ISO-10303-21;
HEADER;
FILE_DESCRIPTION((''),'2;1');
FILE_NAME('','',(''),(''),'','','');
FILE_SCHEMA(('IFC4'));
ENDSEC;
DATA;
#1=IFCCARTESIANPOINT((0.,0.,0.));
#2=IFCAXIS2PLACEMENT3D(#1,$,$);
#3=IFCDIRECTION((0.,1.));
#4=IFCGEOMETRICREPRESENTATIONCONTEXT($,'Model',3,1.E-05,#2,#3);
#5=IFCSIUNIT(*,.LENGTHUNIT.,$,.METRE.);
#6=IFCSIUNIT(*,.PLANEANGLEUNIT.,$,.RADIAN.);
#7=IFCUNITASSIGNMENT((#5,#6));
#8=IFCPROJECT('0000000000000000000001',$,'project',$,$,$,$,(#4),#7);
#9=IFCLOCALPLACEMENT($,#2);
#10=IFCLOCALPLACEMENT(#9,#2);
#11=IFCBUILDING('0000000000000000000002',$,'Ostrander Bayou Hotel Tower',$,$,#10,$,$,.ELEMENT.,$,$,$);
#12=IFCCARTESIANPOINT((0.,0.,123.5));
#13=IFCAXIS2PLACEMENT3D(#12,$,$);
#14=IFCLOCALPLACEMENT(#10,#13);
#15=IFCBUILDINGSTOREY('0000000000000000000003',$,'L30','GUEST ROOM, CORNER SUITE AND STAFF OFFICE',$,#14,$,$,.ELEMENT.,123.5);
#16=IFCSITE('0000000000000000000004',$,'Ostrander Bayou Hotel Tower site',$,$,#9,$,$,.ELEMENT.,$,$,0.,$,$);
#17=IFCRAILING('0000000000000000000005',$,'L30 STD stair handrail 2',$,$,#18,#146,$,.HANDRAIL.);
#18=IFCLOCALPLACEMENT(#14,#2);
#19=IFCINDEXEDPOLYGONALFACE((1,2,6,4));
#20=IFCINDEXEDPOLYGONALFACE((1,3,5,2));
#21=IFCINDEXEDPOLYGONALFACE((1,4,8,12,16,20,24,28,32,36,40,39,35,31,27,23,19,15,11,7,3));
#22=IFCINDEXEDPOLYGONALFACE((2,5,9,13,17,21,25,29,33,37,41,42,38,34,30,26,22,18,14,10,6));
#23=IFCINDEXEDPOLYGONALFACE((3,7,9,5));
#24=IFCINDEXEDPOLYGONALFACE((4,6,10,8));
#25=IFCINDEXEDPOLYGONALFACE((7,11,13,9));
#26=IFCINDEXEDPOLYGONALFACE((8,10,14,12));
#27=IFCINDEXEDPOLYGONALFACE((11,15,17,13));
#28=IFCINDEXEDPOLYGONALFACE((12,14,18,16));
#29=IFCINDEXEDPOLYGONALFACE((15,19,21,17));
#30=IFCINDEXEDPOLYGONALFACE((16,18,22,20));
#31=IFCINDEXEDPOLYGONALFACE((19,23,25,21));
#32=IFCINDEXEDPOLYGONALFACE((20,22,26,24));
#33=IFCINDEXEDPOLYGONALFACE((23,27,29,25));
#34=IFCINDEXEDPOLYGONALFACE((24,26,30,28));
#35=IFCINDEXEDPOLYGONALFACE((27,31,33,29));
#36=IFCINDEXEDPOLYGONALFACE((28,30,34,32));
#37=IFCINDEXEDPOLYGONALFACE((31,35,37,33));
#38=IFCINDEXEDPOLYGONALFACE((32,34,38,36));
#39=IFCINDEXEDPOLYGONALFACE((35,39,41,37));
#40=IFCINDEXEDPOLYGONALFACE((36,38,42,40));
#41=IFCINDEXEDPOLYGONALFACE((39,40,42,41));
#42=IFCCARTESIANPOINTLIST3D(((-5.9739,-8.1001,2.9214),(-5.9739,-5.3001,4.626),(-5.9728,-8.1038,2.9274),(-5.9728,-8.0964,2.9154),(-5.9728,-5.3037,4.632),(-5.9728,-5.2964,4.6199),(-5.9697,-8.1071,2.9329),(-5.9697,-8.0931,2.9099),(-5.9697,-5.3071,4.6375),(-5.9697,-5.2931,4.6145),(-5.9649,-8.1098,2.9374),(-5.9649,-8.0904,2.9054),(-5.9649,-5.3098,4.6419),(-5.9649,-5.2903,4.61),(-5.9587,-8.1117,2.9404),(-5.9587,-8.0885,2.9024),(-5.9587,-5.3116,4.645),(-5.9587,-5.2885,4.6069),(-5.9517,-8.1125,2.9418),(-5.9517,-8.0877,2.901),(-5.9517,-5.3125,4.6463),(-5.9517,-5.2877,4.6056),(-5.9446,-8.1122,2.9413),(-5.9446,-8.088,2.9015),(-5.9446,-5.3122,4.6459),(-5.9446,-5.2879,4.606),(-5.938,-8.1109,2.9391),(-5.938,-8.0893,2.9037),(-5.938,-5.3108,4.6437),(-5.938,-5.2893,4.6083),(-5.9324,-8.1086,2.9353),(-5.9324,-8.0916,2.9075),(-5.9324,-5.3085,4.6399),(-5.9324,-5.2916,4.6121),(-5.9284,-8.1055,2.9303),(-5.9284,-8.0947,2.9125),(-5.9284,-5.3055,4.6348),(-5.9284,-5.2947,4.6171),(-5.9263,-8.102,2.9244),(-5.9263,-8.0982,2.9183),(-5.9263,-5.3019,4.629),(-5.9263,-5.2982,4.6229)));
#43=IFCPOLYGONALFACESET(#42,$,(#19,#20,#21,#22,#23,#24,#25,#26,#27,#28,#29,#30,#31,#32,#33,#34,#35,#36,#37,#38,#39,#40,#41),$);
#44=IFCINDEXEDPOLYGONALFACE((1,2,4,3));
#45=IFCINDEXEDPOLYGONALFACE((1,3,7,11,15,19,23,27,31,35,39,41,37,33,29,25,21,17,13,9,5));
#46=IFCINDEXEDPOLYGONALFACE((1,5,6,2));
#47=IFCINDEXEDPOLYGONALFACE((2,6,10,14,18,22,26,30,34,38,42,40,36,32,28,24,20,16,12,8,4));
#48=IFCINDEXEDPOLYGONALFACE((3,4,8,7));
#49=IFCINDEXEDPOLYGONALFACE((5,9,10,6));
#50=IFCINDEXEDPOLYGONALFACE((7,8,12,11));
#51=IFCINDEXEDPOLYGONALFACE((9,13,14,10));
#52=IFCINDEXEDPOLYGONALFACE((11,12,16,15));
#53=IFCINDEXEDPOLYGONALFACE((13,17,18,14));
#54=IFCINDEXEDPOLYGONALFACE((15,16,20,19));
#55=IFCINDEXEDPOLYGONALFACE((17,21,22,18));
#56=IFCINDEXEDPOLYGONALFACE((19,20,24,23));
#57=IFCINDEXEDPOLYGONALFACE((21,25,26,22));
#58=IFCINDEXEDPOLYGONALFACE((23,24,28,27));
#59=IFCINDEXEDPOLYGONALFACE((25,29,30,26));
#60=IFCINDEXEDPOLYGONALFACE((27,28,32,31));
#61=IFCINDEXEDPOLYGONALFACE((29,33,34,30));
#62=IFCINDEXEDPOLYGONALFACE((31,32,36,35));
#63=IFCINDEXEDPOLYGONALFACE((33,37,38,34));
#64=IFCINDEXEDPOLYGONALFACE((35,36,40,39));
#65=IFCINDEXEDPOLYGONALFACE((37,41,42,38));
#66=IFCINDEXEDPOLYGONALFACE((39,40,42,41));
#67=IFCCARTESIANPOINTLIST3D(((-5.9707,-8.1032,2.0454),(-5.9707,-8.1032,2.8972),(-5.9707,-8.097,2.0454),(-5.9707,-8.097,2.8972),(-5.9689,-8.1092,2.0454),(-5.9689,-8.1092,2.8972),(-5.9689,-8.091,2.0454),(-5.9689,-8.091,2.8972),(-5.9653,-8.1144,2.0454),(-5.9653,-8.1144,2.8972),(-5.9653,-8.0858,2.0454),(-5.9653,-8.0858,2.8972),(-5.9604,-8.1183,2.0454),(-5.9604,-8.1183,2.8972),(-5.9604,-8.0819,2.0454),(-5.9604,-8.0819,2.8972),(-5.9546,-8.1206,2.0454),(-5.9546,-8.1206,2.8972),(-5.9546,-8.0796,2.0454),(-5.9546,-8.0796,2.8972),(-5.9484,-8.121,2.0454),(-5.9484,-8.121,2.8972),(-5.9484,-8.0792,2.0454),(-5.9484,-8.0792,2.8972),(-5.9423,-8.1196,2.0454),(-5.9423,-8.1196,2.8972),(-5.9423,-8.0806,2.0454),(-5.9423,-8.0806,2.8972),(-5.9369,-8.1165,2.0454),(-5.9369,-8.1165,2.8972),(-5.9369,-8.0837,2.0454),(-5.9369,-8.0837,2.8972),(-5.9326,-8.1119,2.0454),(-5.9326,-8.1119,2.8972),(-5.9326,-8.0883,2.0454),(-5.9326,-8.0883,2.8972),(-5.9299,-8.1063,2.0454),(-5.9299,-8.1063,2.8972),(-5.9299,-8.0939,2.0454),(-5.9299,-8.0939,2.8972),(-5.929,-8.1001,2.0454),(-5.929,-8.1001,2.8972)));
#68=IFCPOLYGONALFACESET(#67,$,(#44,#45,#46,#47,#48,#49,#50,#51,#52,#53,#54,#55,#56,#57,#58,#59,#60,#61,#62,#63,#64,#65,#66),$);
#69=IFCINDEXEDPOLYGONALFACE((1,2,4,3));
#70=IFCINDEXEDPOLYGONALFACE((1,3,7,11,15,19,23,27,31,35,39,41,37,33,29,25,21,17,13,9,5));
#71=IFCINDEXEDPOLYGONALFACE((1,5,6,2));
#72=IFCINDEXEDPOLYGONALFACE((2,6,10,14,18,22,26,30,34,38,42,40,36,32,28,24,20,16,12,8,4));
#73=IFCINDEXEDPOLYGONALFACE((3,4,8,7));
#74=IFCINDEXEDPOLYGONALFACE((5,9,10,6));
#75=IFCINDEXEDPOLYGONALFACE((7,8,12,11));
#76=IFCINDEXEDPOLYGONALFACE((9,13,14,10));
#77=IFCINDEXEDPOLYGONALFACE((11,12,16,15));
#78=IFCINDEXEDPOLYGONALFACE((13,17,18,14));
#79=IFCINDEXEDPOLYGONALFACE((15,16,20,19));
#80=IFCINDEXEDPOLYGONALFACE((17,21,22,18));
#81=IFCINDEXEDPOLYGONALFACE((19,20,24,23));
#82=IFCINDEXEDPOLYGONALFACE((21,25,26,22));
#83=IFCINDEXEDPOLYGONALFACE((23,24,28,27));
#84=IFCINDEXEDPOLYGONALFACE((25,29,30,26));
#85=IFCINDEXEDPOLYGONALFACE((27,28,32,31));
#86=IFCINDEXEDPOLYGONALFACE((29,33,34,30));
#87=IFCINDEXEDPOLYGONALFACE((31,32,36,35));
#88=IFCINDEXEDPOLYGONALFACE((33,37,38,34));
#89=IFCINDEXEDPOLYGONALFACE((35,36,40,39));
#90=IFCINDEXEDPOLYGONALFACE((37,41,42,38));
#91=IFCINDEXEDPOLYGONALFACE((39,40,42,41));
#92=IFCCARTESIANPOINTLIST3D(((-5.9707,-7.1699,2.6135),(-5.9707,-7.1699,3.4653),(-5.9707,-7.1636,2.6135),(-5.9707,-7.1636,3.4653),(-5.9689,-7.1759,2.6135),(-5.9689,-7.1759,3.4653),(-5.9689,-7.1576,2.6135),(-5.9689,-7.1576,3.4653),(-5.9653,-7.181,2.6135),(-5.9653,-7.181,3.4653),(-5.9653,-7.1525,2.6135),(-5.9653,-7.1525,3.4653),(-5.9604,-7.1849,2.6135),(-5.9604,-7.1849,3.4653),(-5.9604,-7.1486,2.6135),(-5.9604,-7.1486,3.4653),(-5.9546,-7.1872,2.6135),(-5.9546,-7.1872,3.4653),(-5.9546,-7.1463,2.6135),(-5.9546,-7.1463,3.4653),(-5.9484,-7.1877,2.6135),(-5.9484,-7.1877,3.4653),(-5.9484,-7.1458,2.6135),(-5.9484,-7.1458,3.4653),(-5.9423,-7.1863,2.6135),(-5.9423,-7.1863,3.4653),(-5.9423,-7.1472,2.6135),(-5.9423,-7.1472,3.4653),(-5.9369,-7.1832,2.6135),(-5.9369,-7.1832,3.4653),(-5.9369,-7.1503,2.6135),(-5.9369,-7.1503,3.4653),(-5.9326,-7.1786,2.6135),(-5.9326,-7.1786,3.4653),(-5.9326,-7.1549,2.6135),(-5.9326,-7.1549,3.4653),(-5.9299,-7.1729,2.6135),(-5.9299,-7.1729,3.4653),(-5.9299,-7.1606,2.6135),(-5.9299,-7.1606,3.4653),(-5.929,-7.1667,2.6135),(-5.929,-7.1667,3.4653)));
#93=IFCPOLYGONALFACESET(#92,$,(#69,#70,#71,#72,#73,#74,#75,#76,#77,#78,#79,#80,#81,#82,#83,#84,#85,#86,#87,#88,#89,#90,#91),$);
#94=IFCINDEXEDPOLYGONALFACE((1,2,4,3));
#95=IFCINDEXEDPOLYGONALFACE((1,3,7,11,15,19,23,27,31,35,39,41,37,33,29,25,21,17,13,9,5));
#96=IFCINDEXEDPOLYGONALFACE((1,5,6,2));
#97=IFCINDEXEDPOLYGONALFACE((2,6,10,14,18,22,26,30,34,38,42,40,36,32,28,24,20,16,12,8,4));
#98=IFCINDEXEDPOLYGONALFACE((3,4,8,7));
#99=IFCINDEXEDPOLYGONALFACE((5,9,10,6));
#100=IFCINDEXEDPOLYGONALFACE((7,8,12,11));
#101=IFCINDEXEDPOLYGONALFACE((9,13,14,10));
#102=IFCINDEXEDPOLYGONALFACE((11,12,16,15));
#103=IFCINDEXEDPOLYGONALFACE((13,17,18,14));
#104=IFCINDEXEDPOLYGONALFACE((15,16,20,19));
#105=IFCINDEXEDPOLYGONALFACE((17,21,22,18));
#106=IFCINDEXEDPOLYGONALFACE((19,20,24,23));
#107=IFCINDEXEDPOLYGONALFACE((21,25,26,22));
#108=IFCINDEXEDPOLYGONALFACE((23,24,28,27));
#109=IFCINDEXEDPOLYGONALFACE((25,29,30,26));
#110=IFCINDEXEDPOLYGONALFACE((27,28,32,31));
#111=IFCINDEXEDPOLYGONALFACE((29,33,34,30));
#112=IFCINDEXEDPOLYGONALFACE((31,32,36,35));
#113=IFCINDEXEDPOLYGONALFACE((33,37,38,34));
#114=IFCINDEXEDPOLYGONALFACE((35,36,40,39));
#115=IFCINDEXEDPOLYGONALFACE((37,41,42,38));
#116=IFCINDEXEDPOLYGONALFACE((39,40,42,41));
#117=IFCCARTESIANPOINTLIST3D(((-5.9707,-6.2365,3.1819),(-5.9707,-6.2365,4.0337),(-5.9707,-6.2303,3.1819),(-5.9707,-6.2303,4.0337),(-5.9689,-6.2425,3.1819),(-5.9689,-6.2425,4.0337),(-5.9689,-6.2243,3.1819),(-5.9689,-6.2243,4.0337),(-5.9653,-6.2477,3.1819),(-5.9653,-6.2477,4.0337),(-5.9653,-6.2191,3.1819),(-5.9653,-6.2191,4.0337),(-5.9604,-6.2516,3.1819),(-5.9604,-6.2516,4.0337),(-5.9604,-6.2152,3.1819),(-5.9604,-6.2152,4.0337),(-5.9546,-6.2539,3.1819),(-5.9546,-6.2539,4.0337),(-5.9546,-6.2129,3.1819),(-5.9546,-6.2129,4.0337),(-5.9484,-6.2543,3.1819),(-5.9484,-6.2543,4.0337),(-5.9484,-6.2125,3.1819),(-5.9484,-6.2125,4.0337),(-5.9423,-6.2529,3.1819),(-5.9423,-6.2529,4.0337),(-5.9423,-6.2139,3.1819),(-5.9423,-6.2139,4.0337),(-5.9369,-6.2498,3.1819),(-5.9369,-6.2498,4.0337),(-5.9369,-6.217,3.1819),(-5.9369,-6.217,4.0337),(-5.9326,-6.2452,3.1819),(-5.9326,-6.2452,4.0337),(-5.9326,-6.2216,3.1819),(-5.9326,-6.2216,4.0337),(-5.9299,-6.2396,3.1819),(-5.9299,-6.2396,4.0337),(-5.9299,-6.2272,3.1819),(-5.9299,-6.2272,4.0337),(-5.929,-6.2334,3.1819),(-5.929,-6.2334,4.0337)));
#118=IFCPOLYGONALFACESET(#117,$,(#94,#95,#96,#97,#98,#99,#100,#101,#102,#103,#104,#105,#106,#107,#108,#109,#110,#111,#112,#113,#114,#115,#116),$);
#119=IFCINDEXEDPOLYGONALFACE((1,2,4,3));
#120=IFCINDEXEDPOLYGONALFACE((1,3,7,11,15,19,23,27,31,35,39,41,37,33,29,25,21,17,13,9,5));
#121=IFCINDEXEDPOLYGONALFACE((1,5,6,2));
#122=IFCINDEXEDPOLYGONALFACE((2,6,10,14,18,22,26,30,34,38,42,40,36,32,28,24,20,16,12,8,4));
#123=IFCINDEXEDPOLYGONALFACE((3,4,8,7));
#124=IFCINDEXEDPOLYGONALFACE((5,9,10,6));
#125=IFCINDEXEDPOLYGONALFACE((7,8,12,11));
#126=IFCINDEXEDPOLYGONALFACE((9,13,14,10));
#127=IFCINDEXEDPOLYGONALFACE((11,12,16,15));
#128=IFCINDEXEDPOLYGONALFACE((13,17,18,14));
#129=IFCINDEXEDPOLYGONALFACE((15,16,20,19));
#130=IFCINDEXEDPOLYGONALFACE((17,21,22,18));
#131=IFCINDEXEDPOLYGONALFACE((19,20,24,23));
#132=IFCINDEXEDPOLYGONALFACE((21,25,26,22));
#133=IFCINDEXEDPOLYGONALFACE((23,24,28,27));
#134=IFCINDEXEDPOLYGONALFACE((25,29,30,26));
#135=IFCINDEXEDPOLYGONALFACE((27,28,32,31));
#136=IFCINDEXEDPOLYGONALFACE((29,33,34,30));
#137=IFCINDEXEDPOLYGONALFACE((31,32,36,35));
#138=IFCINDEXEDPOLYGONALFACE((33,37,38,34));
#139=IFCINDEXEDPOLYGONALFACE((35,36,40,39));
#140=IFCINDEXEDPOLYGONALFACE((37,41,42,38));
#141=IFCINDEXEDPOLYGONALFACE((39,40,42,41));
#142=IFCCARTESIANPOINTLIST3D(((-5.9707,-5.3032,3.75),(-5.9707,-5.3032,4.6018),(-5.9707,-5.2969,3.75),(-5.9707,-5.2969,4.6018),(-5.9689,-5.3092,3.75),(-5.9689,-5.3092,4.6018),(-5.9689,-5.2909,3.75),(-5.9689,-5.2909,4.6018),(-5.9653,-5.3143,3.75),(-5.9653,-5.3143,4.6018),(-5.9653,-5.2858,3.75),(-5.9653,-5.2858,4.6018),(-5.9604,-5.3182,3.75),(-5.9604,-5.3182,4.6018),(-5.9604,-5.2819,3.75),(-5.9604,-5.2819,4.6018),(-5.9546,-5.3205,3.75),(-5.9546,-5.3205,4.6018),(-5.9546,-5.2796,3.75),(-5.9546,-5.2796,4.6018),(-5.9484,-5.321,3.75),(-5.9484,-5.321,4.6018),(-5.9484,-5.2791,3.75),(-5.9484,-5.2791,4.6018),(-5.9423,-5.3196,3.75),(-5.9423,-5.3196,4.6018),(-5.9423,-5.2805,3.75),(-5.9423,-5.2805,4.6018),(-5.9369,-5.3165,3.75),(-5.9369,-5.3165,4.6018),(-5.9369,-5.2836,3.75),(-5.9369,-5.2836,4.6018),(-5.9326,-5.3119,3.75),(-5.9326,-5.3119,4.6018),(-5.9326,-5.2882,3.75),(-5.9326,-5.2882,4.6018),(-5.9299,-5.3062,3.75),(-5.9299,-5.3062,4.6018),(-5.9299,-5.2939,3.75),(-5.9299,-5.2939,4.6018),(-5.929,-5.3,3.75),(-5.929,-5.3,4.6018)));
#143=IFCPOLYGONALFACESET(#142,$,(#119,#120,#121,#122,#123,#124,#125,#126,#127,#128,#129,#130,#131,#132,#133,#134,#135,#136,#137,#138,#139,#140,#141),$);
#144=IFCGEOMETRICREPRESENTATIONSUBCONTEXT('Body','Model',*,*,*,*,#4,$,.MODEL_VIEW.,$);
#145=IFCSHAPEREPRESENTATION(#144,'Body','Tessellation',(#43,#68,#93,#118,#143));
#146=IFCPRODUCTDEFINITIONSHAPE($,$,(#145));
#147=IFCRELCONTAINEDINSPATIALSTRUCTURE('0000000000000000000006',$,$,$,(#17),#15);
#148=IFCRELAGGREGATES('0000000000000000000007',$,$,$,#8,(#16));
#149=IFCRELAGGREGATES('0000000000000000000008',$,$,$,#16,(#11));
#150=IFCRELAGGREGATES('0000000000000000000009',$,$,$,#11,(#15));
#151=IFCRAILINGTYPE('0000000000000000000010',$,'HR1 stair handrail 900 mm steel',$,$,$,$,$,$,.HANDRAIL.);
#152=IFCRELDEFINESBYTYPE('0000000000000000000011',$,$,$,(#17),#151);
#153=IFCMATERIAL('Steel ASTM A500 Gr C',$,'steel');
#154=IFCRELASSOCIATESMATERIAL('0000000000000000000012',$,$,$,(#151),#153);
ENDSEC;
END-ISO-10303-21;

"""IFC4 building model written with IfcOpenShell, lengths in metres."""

from ifc_helpers import new_model, si_unit, direction, frame, origin, origin_2d, place, context, subcontext, project, spatial, circle, extrude, material, type_object, element, save


model = new_model("IFC4")

# Units and contexts
model_context = context("Model", 3, precision=1e-05, world=origin(), true_north=direction((0.0, 1.0)))
body_context = subcontext(model_context, "Body", "Model", "MODEL_VIEW")
ifc_project = project(units=[si_unit("LENGTHUNIT", "METRE"), si_unit("PLANEANGLEUNIT", "RADIAN")], contexts=[model_context])

# Site, building, storey
site_placement = place(None, origin())
site = spatial("IfcSite", under=ifc_project, at=site_placement, Name="Ostrander Bayou Hotel Tower site", CompositionType="ELEMENT", RefElevation=0.0)
building_placement = place(site_placement, origin())
building = spatial("IfcBuilding", under=site, at=building_placement, Name="Ostrander Bayou Hotel Tower", CompositionType="ELEMENT")
storey_placement = place(building_placement, frame((0.0, 0.0, 123.5)))
storey = spatial("IfcBuildingStorey", under=building, at=storey_placement, Name="L30", Description="GUEST ROOM, CORNER SUITE AND STAFF OFFICE", CompositionType="ELEMENT", Elevation=123.5)

# Railing
ifc_material_1 = material(Name="Steel ASTM A500 Gr C", Category="steel")
railing_type_1 = type_object("IfcRailingType", Name="HR1 stair handrail 900 mm steel", PredefinedType="HANDRAIL", material=ifc_material_1)
railing_1_placement = place(storey_placement, frame((-5.95, -8.1001, 2.0454)))
element("IfcRailing", 1, at=railing_1_placement, inside=storey, type_object=railing_type_1, Name="L30 STD stair handrail 2", PredefinedType="HANDRAIL", context=body_context, shape_type="SweptSolid", body=[
    extrude(circle(Radius=0.0239, at=origin_2d()), frame((0.0, 0.0, 0.876), z_axis=(0.0, 0.85417, 0.519994), x_axis=(-1.0, 0.0, 0.0)), (0.0, 0.0, 1.0), 3.2781),
    extrude(circle(Radius=0.021, at=origin_2d()), origin(), (0.0, 0.0, 1.0), 0.8518),
    extrude(circle(Radius=0.021, at=origin_2d()), frame((0.0, 0.9333, 0.5681)), (0.0, 0.0, 1.0), 0.8518),
    extrude(circle(Radius=0.021, at=origin_2d()), frame((0.0, 1.8667, 1.1365)), (0.0, 0.0, 1.0), 0.8518),
    extrude(circle(Radius=0.021, at=origin_2d()), frame((0.0, 2.8, 1.7046)), (0.0, 0.0, 1.0), 0.8518),
])

save(model, "model.ifc")
